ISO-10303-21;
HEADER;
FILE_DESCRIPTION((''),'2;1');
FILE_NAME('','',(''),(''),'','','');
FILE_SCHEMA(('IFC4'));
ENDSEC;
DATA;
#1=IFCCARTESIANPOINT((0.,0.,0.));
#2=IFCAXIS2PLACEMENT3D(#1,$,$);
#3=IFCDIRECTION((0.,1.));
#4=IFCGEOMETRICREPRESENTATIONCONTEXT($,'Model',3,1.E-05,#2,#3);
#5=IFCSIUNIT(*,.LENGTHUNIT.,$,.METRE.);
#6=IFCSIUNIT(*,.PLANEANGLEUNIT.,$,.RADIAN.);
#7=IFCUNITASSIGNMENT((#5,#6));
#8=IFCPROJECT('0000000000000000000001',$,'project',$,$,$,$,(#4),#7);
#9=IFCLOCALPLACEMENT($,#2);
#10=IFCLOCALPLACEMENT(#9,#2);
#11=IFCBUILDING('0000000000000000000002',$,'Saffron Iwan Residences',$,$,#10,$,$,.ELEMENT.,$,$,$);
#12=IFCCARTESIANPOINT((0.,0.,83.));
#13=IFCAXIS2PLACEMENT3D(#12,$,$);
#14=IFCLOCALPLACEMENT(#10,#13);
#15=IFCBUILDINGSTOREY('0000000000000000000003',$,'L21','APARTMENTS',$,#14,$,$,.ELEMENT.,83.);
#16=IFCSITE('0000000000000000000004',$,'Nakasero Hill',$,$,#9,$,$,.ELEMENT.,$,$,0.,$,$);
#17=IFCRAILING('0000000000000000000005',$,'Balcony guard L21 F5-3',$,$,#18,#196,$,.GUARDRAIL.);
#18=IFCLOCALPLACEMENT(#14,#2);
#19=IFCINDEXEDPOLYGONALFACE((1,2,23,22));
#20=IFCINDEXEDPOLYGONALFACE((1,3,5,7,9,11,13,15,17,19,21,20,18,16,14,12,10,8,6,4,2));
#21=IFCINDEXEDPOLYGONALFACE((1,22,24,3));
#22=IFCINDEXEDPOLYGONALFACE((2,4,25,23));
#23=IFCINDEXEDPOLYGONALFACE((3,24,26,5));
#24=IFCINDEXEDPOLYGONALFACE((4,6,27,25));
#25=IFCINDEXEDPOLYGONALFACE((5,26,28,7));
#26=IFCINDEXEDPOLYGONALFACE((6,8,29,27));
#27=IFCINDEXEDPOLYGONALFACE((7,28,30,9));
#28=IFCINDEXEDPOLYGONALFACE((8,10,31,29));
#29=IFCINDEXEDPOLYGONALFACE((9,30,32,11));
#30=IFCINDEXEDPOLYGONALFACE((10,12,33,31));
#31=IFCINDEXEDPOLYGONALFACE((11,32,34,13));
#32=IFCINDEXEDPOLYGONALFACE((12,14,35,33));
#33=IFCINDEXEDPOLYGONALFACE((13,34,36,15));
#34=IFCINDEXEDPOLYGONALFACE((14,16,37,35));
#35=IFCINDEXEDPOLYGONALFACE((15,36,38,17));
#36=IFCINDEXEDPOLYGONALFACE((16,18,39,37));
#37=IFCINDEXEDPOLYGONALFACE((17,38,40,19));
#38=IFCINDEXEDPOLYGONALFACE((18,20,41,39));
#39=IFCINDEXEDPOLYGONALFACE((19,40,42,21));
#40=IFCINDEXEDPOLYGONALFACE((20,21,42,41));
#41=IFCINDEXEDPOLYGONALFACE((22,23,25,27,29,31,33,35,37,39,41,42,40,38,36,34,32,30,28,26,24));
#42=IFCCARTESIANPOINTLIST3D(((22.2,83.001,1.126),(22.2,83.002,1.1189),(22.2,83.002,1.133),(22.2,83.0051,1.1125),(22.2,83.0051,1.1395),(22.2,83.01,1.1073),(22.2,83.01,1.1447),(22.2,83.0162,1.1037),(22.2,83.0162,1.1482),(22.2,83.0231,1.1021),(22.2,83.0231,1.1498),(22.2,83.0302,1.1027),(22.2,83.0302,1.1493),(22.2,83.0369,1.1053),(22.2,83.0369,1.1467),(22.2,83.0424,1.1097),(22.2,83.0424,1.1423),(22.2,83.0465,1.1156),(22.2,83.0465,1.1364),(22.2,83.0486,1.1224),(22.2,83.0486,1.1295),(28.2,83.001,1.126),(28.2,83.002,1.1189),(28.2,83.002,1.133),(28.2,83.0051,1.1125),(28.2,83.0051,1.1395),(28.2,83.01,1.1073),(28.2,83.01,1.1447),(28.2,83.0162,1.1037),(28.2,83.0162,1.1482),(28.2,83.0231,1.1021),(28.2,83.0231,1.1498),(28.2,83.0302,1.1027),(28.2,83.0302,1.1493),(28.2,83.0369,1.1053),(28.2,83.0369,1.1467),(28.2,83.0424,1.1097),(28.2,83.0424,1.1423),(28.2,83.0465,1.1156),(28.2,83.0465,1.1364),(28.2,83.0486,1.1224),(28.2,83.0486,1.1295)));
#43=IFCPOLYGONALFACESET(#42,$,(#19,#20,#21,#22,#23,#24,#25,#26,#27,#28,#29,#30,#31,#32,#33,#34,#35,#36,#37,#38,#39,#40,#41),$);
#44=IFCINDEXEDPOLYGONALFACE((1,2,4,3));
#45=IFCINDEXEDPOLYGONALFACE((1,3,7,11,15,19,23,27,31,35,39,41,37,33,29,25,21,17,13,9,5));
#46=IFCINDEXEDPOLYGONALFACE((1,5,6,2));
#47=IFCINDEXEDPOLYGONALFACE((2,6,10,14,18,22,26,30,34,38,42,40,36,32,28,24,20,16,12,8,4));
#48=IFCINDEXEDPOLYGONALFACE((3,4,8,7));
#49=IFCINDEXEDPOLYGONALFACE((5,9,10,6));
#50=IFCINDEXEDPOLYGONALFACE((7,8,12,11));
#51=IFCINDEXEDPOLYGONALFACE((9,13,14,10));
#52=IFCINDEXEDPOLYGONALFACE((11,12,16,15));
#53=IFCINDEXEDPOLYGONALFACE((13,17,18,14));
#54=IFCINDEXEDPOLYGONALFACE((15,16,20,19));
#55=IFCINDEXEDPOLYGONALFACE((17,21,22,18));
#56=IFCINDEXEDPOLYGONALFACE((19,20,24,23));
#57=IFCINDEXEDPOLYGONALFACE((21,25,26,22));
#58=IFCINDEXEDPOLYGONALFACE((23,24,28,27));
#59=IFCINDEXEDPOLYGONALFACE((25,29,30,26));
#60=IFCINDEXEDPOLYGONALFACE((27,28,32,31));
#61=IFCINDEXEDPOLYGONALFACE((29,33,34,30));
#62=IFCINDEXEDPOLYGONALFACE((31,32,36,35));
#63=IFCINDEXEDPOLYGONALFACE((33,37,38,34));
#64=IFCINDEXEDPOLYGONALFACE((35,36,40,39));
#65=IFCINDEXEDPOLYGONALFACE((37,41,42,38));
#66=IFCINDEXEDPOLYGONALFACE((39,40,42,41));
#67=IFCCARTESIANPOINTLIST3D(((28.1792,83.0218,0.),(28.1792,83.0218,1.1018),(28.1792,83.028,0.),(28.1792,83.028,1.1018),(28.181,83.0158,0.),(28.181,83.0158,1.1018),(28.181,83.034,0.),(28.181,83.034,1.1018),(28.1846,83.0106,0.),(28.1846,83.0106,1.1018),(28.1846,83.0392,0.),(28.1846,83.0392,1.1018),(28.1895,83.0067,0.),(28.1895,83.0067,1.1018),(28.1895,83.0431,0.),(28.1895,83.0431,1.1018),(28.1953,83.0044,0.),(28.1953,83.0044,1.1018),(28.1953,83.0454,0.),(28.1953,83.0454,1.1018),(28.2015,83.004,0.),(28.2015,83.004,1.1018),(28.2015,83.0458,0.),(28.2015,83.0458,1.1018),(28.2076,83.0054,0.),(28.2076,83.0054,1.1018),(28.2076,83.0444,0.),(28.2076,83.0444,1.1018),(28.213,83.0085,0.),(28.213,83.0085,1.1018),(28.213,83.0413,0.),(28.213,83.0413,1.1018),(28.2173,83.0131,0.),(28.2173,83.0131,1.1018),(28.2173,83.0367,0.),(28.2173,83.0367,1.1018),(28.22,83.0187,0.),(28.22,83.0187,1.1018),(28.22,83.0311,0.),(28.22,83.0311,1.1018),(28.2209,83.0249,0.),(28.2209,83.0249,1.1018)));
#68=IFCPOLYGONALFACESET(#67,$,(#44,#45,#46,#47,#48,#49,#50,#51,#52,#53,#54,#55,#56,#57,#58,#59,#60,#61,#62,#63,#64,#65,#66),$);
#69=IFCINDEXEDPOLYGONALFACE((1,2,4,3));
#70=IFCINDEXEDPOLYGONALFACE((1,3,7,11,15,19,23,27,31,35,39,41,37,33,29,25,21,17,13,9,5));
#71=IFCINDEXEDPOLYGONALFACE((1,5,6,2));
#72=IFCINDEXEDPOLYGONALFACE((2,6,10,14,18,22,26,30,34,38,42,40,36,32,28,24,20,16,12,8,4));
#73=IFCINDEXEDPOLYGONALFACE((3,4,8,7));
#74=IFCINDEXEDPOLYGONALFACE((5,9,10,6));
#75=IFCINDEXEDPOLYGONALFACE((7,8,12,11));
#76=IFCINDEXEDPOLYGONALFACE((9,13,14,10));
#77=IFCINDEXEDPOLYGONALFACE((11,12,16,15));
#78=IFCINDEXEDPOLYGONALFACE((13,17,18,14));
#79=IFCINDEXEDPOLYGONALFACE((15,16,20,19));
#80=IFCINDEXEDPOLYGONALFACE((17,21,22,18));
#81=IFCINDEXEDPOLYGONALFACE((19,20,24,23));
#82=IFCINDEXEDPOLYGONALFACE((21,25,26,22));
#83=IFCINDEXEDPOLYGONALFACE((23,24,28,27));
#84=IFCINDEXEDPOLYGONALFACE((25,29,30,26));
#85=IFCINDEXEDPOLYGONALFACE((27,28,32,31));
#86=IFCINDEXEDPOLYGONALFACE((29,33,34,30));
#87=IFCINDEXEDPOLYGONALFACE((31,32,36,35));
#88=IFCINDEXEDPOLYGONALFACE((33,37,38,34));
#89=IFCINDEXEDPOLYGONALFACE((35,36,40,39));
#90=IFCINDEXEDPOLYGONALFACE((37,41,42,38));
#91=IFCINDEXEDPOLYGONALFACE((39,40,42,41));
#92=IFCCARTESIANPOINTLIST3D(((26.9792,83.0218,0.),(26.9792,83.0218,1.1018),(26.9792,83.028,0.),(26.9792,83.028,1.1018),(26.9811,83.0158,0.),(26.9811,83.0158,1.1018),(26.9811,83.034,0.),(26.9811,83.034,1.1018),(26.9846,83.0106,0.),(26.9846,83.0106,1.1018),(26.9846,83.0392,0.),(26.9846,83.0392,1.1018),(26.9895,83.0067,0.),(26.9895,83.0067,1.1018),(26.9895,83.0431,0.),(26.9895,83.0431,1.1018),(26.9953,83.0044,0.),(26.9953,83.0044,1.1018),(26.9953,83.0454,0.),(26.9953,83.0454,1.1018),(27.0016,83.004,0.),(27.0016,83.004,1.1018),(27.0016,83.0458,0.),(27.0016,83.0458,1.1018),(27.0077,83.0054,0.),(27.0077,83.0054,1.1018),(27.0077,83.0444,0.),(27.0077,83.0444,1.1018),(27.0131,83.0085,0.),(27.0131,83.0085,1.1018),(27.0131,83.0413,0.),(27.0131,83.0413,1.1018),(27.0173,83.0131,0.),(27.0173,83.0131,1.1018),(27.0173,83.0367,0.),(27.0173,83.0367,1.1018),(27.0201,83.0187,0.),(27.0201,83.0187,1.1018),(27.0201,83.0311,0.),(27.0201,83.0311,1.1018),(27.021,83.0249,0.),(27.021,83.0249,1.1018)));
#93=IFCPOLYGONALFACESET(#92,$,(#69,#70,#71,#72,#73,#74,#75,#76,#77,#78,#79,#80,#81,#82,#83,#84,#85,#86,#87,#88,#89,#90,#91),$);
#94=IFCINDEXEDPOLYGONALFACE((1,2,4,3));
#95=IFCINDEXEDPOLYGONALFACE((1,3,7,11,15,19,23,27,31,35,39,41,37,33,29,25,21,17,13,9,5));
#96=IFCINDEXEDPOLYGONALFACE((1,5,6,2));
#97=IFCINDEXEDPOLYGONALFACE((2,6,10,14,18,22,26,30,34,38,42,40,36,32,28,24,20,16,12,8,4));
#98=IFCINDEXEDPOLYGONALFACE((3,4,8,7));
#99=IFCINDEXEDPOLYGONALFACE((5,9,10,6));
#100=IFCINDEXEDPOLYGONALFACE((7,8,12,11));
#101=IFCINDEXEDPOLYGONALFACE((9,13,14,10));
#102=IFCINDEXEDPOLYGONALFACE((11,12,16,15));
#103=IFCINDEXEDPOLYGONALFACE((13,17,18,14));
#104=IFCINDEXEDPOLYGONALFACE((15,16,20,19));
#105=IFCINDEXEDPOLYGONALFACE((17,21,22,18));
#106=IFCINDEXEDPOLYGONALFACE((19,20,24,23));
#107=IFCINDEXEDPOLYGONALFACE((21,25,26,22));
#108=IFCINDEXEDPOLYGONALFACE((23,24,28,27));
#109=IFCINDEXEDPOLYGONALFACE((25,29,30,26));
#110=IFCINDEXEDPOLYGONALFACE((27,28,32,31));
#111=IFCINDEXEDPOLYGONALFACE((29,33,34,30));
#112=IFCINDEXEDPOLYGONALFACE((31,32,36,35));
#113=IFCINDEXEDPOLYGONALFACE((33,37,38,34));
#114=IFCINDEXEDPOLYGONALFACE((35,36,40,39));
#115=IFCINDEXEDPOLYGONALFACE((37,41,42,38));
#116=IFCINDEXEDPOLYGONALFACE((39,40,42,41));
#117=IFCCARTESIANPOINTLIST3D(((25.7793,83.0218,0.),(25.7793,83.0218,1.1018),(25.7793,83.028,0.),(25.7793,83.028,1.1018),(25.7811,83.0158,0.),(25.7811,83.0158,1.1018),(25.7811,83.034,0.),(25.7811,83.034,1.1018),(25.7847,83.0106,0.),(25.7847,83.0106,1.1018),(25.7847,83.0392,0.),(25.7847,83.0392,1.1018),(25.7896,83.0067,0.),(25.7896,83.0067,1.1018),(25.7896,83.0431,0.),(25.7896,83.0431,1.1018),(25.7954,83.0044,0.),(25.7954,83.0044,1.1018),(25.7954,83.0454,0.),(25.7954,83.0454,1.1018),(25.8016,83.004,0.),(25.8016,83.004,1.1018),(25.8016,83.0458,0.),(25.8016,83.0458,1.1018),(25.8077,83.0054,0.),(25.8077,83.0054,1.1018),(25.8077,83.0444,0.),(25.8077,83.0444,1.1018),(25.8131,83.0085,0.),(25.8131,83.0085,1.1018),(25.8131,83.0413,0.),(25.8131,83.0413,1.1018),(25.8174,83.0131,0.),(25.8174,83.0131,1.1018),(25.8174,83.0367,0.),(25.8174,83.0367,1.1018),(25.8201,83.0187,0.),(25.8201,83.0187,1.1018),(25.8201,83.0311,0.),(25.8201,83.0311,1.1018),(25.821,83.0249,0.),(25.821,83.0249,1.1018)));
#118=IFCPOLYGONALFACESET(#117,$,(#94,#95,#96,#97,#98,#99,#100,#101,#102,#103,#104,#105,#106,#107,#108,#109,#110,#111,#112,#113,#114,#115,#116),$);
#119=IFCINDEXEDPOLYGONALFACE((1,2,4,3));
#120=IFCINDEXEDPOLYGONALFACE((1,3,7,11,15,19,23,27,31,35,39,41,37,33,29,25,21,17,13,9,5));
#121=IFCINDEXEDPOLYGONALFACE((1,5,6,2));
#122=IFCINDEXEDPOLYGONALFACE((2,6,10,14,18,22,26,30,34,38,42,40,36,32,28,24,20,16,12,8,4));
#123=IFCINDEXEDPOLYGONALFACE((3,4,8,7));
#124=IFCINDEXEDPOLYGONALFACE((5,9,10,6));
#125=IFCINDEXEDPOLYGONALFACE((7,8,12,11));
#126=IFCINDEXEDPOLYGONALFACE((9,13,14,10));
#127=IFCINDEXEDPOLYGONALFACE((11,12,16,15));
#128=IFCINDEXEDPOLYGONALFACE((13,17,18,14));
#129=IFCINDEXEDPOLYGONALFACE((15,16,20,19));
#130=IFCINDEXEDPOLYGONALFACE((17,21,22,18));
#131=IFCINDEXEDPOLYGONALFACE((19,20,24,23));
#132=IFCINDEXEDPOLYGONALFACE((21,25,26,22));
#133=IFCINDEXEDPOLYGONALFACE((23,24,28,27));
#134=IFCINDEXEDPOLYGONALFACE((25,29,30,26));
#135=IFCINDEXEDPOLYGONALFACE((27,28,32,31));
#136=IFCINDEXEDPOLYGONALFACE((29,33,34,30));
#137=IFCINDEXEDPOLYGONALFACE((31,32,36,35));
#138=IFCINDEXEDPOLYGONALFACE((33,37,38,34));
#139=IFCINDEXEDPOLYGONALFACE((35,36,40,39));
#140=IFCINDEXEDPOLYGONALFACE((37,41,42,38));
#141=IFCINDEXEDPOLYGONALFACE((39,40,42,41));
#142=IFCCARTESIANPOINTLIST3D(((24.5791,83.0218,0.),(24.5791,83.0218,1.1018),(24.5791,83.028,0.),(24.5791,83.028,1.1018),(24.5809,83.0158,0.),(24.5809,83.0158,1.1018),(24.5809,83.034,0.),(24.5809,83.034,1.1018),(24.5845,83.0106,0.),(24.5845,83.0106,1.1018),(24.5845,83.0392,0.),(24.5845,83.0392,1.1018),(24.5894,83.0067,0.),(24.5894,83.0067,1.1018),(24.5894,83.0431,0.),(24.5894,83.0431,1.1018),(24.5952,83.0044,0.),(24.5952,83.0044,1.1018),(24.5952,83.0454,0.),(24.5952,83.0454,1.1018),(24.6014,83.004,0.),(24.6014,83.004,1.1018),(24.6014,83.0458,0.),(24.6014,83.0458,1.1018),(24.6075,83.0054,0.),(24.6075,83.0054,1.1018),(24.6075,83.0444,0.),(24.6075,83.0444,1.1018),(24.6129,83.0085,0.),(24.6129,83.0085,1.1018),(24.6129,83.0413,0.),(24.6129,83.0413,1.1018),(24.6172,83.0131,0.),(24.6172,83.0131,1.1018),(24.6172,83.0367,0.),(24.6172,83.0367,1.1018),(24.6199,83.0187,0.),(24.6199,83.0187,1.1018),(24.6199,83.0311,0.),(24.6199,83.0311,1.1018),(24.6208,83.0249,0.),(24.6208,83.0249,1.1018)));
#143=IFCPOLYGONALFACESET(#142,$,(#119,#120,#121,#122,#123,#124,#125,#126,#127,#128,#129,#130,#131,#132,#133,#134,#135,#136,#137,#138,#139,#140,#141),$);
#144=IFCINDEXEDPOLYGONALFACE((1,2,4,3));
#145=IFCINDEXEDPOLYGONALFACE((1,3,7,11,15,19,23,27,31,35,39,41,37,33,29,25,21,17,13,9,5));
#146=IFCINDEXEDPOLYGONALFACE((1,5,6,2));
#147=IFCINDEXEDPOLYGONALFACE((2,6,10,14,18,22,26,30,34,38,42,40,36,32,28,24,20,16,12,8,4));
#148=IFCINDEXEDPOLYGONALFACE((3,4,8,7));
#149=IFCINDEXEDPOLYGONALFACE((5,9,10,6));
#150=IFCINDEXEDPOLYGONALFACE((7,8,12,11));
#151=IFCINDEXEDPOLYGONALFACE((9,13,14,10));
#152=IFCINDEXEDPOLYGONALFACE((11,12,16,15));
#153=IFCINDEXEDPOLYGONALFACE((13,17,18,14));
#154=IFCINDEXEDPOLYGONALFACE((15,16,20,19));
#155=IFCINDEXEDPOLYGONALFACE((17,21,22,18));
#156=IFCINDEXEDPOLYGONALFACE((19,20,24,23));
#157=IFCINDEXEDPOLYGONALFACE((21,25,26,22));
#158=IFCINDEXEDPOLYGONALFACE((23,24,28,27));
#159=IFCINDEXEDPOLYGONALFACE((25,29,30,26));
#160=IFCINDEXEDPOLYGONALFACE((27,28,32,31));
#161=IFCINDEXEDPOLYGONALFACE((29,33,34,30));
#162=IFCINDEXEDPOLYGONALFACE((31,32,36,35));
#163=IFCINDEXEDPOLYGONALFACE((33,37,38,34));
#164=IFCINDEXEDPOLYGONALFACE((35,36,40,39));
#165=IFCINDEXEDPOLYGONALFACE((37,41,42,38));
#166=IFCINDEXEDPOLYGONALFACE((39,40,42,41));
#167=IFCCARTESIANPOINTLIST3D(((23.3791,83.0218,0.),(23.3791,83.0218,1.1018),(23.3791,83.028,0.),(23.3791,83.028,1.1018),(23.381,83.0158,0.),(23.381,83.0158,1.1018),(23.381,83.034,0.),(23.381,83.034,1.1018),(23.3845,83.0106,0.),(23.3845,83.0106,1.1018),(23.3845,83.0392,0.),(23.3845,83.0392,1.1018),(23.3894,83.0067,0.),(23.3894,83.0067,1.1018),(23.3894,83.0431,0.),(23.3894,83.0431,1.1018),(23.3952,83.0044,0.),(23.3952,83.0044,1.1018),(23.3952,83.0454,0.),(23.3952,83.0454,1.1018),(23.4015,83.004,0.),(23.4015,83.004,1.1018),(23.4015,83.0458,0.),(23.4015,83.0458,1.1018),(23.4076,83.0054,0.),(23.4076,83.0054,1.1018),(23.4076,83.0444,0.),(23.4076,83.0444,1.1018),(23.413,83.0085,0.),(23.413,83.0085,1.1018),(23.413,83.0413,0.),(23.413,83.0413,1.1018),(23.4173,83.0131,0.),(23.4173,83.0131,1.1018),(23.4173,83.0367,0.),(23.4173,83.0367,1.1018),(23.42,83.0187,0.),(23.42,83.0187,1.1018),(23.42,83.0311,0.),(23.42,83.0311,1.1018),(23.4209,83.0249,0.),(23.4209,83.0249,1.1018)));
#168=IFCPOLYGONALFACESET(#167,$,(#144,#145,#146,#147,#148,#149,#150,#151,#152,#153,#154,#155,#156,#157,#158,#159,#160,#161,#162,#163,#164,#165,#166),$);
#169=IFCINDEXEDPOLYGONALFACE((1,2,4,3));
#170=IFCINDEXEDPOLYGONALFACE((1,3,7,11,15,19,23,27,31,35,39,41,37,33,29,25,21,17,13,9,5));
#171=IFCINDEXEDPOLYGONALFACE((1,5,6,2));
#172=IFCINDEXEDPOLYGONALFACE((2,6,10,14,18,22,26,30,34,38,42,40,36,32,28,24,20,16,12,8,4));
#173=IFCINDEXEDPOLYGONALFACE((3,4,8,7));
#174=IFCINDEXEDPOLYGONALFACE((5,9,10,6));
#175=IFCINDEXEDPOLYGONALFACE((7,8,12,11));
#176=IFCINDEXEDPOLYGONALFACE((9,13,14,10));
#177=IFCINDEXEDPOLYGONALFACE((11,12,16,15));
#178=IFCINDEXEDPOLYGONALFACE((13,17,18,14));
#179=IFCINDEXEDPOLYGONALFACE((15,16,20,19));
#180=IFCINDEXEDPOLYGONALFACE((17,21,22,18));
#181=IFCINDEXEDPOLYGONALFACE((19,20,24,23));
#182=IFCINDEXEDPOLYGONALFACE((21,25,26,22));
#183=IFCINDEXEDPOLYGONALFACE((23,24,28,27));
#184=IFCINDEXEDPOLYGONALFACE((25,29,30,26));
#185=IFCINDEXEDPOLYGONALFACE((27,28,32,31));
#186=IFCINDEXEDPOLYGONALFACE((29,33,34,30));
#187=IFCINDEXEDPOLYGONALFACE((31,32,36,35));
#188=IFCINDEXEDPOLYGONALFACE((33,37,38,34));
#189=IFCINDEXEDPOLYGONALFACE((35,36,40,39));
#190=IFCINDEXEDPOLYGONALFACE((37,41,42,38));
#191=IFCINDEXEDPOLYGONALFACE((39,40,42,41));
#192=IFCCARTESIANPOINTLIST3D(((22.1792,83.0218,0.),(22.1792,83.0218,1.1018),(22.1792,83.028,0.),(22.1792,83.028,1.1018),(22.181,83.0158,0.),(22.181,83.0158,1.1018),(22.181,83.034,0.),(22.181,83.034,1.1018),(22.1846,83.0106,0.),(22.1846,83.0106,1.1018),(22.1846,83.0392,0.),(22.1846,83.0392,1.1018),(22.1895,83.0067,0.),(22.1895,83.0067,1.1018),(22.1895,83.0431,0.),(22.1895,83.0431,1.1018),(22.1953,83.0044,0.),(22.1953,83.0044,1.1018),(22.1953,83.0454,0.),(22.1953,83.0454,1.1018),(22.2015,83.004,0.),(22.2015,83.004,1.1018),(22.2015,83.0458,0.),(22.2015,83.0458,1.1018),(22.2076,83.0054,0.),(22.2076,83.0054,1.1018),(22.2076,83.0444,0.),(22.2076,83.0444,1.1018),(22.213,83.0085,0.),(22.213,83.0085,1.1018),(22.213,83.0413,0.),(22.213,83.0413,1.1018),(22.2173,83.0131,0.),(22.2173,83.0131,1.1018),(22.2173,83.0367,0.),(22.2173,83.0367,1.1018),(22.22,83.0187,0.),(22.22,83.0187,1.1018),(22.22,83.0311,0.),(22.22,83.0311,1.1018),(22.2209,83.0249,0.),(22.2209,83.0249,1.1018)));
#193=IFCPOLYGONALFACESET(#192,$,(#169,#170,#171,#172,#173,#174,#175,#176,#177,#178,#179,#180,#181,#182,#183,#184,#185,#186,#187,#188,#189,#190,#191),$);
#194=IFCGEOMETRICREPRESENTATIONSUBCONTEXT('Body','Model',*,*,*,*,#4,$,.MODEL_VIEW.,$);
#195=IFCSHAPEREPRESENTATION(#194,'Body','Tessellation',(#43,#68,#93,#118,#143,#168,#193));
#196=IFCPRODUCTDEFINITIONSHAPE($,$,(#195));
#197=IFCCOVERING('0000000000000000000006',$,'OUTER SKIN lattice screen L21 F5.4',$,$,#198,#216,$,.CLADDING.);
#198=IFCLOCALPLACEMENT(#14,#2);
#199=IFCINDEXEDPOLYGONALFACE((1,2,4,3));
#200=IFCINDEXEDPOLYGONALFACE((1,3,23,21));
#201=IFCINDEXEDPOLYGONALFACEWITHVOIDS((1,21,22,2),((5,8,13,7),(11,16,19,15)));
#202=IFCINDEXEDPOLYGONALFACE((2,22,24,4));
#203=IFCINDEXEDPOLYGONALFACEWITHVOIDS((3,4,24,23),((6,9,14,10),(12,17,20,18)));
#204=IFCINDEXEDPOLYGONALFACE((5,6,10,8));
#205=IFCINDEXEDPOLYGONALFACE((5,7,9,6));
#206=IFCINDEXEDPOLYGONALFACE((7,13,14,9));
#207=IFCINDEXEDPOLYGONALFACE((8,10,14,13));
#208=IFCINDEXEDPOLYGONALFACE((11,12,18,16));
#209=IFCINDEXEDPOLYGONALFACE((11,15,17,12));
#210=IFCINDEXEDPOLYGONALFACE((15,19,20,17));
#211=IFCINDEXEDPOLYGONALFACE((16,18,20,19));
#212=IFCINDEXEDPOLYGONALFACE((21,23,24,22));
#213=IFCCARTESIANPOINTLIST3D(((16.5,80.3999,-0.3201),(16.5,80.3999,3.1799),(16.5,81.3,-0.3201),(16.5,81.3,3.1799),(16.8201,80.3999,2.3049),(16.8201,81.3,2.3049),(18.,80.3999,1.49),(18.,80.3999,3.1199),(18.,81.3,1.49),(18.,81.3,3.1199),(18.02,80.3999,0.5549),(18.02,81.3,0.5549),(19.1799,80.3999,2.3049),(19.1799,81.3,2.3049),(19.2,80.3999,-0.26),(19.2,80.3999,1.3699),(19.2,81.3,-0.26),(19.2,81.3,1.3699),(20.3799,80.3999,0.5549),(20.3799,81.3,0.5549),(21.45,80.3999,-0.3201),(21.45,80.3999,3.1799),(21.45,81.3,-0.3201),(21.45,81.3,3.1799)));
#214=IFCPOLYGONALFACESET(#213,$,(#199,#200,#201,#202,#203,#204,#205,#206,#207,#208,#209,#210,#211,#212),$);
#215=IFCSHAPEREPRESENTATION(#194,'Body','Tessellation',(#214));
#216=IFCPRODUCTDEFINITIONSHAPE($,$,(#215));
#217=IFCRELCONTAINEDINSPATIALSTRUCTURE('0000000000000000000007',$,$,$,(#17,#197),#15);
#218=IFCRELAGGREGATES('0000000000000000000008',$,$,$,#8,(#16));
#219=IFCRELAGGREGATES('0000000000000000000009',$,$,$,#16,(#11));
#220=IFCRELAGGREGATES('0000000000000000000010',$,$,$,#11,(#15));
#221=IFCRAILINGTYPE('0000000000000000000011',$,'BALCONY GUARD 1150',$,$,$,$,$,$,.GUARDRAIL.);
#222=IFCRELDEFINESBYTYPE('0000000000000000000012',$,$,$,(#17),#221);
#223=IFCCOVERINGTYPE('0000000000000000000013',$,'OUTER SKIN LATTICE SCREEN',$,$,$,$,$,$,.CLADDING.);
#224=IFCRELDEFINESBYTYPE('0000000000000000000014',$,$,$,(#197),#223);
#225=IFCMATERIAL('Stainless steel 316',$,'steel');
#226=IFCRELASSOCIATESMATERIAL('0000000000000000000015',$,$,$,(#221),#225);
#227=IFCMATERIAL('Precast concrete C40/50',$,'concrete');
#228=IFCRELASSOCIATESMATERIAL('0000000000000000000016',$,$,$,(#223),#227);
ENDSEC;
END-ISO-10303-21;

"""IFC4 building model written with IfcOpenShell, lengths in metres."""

from ifc_helpers import new_model, si_unit, direction, frame, origin, origin_2d, place, context, subcontext, project, spatial, polyline, circle, outline, extrude, material, type_object, element, save


model = new_model("IFC4")

# Units and contexts
model_context = context("Model", 3, precision=1e-05, world=origin(), true_north=direction((0.0, 1.0)))
body_context = subcontext(model_context, "Body", "Model", "MODEL_VIEW")
ifc_project = project(units=[si_unit("LENGTHUNIT", "METRE"), si_unit("PLANEANGLEUNIT", "RADIAN")], contexts=[model_context])

# Site, building, storey
site_placement = place(None, origin())
site = spatial("IfcSite", under=ifc_project, at=site_placement, Name="Nakasero Hill", CompositionType="ELEMENT", RefElevation=0.0)
building_placement = place(site_placement, origin())
building = spatial("IfcBuilding", under=site, at=building_placement, Name="Saffron Iwan Residences", CompositionType="ELEMENT")
storey_placement = place(building_placement, frame((0.0, 0.0, 83.0)))
storey = spatial("IfcBuildingStorey", under=building, at=storey_placement, Name="L21", Description="APARTMENTS", CompositionType="ELEMENT", Elevation=83.0)

# Railing
ifc_material_1 = material(Name="Stainless steel 316", Category="steel")
railing_type = type_object("IfcRailingType", Name="BALCONY GUARD 1150", PredefinedType="GUARDRAIL", material=ifc_material_1)
railing_placement = place(storey_placement, frame((28.2, 83.0249, 0.0)))
element("IfcRailing", 1, at=railing_placement, inside=storey, type_object=railing_type, Name="Balcony guard L21 F5-3", PredefinedType="GUARDRAIL", context=body_context, shape_type="SweptSolid", body=[
    extrude(circle(Radius=0.0239, at=origin_2d()), frame((0.0, 0.0, 1.126), z_axis=(-1.0, 0.0, 0.0), x_axis=(0.0, -1.0, 0.0)), (0.0, 0.0, 1.0), 6.0),
    extrude(circle(Radius=0.021, at=origin_2d()), origin(), (0.0, 0.0, 1.0), 1.1018),
    extrude(circle(Radius=0.021, at=origin_2d()), frame((-1.2, 0.0, 0.0)), (0.0, 0.0, 1.0), 1.1018),
    extrude(circle(Radius=0.021, at=origin_2d()), frame((-2.3999, 0.0, 0.0)), (0.0, 0.0, 1.0), 1.1018),
    extrude(circle(Radius=0.021, at=origin_2d()), frame((-3.6001, 0.0, 0.0)), (0.0, 0.0, 1.0), 1.1018),
    extrude(circle(Radius=0.021, at=origin_2d()), frame((-4.8, 0.0, 0.0)), (0.0, 0.0, 1.0), 1.1018),
    extrude(circle(Radius=0.021, at=origin_2d()), frame((-6.0, 0.0, 0.0)), (0.0, 0.0, 1.0), 1.1018),
])

# Covering
ifc_material_2 = material(Name="Precast concrete C40/50", Category="concrete")
covering_type = type_object("IfcCoveringType", Name="OUTER SKIN LATTICE SCREEN", PredefinedType="CLADDING", material=ifc_material_2)
covering_1_placement = place(storey_placement, frame((21.45, 80.3999, -0.3201), z_axis=(0.0, 1.0, 0.0), x_axis=(-1.0, 0.0, 0.0)))
element("IfcCovering", 2, at=covering_1_placement, inside=storey, type_object=covering_type, Name="OUTER SKIN lattice screen L21 F5.4", PredefinedType="CLADDING", context=body_context, shape_type="SweptSolid", body=[
    extrude(outline(polyline([(0.0, 0.0), (4.95, 0.0), (4.95, 3.5), (0.0, 3.5), (0.0, 0.0)]), holes=[polyline([(1.0701, 0.875), (2.25, 0.0601), (3.4299, 0.875), (2.25, 1.6899), (1.0701, 0.875)]), polyline([(2.27, 2.625), (3.45, 1.8101), (4.6299, 2.625), (3.45, 3.4399), (2.27, 2.625)])]), origin(), (0.0, 0.0, 1.0), 0.9001),
])

save(model, "model.ifc")
